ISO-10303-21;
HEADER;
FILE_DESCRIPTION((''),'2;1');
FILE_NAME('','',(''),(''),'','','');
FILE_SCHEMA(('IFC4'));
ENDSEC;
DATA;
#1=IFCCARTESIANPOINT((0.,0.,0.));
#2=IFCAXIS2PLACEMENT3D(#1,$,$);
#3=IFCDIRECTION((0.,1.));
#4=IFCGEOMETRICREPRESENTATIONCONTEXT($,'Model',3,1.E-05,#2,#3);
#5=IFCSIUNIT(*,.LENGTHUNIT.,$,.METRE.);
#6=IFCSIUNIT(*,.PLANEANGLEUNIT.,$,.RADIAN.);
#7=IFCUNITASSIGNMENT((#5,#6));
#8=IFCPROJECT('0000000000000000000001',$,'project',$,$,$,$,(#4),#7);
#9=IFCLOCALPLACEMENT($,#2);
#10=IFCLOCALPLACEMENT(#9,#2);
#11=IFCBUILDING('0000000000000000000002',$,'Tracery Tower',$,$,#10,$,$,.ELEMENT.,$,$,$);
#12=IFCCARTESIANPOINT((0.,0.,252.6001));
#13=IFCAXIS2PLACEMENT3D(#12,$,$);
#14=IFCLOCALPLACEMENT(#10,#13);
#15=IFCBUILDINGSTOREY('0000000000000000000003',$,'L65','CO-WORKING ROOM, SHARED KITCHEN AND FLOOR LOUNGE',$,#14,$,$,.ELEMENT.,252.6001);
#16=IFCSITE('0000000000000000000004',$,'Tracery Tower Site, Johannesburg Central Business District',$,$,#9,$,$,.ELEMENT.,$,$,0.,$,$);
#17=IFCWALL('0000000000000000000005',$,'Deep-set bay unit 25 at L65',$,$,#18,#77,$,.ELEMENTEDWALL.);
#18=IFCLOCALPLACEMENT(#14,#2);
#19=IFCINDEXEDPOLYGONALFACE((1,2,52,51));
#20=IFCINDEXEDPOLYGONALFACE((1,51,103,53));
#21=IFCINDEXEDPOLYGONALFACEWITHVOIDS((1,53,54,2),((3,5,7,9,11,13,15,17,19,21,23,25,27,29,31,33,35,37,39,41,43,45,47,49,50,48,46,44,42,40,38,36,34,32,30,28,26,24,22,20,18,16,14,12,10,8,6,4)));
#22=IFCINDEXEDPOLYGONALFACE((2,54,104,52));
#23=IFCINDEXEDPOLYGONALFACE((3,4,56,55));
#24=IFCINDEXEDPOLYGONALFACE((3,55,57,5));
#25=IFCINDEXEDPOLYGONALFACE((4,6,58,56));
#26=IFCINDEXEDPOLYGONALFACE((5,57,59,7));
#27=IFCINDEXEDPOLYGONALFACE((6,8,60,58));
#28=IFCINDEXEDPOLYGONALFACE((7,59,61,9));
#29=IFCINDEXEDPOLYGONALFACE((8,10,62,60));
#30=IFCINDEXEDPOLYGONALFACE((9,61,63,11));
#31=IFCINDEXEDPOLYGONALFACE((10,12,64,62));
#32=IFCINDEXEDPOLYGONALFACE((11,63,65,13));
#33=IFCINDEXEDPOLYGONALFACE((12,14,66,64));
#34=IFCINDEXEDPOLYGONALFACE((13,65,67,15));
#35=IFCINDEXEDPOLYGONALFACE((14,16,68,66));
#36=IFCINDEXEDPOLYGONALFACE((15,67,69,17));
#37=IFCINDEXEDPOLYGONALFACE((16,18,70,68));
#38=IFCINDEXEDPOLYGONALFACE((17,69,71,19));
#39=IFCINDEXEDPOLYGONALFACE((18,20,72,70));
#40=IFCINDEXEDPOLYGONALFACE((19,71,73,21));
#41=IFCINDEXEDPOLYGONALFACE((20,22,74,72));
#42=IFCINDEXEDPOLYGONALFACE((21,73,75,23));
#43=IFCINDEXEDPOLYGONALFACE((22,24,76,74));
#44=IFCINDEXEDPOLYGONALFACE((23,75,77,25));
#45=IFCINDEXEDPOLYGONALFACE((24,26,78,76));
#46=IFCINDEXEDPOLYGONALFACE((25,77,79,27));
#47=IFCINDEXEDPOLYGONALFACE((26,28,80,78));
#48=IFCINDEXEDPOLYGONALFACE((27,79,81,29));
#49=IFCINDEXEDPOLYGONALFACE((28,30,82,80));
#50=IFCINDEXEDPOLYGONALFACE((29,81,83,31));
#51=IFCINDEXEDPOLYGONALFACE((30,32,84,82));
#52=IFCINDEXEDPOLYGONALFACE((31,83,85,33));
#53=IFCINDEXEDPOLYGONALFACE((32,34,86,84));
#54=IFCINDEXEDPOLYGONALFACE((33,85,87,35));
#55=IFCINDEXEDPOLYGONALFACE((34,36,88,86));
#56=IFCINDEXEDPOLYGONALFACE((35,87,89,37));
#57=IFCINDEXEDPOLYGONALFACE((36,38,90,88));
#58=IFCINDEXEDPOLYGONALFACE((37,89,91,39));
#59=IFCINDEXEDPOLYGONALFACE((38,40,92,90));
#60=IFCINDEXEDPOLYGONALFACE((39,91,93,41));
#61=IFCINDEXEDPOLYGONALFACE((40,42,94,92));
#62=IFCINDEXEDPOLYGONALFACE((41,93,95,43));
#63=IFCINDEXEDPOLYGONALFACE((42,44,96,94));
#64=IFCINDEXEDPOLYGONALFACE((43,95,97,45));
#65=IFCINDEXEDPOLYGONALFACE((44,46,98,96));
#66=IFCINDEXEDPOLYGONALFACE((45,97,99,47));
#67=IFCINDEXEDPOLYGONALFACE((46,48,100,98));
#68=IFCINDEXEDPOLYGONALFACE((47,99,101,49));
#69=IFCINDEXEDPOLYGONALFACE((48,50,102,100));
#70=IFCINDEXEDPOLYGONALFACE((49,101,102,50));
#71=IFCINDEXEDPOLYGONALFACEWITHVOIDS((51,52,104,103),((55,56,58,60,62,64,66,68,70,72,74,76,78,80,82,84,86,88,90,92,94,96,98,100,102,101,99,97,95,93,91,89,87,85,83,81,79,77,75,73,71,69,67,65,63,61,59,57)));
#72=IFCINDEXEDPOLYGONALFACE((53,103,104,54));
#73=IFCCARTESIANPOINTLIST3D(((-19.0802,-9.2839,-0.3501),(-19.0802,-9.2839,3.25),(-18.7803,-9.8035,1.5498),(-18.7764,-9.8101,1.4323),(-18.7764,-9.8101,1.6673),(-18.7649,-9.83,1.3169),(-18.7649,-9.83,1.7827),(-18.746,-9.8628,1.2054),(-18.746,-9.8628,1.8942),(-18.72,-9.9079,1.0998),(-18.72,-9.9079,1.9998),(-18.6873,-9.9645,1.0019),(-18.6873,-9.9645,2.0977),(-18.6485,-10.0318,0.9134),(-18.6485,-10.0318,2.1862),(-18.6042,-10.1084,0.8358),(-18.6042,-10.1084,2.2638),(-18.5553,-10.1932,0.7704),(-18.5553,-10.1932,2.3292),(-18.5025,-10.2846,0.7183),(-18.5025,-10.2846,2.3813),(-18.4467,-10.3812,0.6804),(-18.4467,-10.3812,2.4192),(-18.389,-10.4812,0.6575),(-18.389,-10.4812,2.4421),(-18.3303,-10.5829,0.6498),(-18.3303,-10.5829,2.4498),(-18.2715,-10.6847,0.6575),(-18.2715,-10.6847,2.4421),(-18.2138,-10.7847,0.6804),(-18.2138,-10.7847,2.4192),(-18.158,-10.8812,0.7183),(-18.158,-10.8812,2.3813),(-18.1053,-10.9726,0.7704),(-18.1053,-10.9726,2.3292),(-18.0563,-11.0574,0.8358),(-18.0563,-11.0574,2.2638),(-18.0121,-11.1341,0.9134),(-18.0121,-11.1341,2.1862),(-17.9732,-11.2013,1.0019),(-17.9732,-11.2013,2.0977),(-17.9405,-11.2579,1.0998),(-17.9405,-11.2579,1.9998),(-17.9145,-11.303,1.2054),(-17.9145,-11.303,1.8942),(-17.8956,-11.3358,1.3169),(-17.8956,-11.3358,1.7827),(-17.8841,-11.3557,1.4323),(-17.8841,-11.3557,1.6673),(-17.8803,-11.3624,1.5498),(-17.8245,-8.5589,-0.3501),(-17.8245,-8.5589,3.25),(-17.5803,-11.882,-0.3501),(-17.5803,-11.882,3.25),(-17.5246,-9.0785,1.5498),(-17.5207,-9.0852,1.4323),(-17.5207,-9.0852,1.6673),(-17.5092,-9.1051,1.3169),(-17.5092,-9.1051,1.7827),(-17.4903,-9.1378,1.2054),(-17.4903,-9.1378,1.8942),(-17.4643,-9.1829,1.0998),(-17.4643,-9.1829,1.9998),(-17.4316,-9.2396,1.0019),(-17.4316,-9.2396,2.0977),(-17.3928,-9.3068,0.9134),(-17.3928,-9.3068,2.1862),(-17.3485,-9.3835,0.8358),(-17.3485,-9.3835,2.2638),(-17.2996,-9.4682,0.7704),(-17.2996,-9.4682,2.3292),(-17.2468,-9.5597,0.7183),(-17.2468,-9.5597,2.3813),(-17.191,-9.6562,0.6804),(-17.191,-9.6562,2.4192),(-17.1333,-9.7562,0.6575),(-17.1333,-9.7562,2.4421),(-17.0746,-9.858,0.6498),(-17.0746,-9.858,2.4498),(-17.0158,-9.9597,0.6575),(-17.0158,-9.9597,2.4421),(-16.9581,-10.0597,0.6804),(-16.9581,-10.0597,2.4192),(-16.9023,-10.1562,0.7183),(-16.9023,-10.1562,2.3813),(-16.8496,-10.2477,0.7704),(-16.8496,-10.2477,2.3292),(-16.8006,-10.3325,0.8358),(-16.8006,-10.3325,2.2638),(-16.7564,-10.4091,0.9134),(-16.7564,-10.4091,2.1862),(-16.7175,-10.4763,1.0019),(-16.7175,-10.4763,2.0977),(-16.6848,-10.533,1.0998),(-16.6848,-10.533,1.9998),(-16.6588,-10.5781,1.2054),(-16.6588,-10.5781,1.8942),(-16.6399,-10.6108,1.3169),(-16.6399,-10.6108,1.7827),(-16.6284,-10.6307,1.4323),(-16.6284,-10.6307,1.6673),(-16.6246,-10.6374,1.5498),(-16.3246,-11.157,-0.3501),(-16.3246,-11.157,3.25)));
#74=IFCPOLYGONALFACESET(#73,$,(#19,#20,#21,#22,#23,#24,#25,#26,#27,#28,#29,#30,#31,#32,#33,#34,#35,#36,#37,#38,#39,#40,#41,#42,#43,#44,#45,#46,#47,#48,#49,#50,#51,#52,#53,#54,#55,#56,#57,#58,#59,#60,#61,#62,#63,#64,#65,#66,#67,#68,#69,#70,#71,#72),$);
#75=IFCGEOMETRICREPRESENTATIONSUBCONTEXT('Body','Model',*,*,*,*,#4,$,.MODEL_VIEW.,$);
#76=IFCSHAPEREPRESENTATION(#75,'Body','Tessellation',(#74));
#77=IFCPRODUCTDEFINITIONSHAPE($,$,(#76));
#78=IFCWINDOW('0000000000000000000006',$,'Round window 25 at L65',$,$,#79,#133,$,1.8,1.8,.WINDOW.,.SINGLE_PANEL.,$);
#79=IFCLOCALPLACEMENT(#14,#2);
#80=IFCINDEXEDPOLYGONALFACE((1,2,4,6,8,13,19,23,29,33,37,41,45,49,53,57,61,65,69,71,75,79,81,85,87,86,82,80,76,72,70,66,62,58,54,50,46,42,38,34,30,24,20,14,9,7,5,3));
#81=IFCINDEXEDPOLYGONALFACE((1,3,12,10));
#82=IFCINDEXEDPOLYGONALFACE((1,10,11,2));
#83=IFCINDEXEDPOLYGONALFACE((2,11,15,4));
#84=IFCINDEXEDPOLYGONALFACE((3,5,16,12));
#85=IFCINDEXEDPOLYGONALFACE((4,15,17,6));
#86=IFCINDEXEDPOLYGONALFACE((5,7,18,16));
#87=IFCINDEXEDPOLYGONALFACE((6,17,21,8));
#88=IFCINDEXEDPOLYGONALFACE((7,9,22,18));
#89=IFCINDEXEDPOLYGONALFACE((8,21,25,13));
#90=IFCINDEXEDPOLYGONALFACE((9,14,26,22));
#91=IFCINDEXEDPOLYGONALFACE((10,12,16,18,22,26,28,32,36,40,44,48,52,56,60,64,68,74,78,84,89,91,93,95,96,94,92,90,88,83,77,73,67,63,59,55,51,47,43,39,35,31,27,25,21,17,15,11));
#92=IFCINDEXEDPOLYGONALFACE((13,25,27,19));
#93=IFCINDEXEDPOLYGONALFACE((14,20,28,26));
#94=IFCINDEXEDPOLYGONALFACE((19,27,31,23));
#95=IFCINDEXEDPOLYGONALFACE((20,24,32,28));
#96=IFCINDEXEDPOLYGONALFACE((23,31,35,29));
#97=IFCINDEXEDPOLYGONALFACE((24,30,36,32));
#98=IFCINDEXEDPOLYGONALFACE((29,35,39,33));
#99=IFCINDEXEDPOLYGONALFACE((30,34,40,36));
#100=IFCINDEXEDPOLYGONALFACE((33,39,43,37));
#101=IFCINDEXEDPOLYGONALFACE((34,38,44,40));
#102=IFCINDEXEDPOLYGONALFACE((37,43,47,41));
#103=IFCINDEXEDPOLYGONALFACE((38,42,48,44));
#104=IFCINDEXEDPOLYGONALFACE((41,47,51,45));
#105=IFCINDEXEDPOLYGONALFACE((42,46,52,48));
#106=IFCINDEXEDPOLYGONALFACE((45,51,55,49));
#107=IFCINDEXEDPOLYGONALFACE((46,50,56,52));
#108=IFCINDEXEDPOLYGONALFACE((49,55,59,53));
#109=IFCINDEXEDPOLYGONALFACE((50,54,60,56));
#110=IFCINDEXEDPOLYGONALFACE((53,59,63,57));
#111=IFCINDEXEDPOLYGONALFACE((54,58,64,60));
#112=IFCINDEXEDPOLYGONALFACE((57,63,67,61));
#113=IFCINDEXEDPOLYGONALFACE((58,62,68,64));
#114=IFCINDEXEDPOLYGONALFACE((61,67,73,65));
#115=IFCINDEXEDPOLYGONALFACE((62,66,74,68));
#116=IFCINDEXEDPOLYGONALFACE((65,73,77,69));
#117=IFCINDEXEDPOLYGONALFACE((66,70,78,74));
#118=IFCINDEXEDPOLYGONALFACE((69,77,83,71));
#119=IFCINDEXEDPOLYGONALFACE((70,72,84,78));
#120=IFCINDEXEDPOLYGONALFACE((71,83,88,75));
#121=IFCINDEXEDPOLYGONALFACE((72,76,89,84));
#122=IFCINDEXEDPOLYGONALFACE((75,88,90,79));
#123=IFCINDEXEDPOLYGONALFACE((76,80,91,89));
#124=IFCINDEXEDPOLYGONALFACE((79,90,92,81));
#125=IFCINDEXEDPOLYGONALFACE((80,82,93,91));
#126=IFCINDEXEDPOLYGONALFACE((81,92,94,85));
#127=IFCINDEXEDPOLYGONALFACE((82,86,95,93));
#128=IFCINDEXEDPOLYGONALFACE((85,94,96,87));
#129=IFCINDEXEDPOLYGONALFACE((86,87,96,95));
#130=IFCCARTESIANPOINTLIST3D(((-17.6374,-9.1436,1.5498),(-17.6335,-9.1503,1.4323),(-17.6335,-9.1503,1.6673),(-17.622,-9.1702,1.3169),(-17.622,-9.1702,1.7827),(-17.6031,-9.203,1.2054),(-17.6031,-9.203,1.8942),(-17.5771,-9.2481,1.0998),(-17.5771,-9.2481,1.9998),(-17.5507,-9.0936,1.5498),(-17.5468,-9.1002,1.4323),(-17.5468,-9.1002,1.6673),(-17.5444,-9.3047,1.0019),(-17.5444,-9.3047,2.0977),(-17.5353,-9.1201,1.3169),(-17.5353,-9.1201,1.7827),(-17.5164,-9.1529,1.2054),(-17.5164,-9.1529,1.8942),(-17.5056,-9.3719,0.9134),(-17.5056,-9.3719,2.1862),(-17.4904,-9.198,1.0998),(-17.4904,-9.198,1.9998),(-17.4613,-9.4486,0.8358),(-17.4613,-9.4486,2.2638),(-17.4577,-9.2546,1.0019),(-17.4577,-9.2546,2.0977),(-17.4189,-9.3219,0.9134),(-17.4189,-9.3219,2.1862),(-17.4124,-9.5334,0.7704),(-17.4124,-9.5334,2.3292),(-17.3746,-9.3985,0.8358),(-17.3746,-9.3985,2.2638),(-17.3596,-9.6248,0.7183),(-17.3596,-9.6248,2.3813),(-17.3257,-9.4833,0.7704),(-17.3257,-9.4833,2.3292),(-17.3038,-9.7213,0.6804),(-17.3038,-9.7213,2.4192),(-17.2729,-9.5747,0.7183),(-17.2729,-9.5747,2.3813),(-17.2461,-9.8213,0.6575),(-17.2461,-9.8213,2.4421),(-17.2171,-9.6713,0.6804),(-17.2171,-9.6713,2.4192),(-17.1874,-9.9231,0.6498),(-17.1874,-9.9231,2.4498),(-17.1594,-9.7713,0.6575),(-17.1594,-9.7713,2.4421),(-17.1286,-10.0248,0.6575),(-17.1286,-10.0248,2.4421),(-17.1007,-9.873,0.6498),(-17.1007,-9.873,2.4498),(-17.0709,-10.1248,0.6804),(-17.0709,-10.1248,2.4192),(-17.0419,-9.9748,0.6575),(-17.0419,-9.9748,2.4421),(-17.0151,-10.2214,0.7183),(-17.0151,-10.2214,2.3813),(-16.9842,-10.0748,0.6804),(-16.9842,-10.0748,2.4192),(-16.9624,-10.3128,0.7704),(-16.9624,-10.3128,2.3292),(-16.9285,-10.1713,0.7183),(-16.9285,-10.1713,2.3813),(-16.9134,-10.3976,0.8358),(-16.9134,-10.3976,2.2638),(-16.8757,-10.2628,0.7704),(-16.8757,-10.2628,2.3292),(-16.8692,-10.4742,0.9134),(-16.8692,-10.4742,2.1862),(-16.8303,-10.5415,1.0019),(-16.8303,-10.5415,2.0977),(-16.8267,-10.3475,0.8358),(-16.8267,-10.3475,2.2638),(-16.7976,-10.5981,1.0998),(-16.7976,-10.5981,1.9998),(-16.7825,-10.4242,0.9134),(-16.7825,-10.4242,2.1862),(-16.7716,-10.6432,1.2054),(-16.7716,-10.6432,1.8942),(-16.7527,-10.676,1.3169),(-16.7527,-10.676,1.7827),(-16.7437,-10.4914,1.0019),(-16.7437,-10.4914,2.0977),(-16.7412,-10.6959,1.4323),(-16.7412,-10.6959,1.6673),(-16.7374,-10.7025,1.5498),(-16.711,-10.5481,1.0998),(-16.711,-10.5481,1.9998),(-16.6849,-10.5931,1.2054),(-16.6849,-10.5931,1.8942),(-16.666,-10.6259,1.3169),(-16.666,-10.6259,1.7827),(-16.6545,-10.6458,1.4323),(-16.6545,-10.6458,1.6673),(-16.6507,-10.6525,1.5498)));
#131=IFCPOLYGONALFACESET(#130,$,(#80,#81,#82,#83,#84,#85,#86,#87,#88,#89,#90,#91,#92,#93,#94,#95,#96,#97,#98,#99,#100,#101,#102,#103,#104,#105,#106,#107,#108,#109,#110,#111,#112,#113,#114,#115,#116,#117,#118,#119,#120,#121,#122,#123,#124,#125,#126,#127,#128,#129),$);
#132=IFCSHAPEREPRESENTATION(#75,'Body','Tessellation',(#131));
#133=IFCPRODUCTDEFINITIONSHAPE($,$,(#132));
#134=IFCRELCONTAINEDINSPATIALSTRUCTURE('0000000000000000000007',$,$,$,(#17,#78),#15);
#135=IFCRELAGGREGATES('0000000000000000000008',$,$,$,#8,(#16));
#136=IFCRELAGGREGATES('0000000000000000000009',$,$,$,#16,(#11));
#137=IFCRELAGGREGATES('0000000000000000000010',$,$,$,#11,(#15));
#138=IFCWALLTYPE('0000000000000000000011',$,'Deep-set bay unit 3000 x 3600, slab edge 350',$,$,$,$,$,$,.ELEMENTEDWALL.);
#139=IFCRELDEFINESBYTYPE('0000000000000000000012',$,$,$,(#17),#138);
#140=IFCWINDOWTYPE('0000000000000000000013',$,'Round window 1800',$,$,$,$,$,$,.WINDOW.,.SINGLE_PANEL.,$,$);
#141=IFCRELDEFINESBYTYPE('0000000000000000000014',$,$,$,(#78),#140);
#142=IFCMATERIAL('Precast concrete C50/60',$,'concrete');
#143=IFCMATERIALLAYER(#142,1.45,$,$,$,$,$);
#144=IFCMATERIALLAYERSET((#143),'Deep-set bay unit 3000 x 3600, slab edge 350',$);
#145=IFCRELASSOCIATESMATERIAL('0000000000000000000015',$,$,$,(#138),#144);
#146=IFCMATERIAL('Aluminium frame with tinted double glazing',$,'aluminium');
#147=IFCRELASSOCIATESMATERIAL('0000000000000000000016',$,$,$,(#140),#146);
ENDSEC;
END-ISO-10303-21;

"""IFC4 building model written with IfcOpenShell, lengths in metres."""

from ifc_helpers import new_model, si_unit, direction, frame, frame_2d, origin, origin_2d, place, context, subcontext, project, spatial, rectangle, circle, extrude, material, layer, layer_set, type_object, element, fill, save


model = new_model("IFC4")

# Units and contexts
model_context = context("Model", 3, precision=1e-05, world=origin(), true_north=direction((0.0, 1.0)))
body_context = subcontext(model_context, "Body", "Model", "MODEL_VIEW")
ifc_project = project(units=[si_unit("LENGTHUNIT", "METRE"), si_unit("PLANEANGLEUNIT", "RADIAN")], contexts=[model_context])

# Site, building, storey
site_placement = place(None, origin())
site = spatial("IfcSite", under=ifc_project, at=site_placement, Name="Tracery Tower Site, Johannesburg Central Business District", CompositionType="ELEMENT", RefElevation=0.0)
building_placement = place(site_placement, origin())
building = spatial("IfcBuilding", under=site, at=building_placement, Name="Tracery Tower", CompositionType="ELEMENT")
storey_placement = place(building_placement, frame((0.0, 0.0, 252.6001)))
storey = spatial("IfcBuildingStorey", under=building, at=storey_placement, Name="L65", Description="CO-WORKING ROOM, SHARED KITCHEN AND FLOOR LOUNGE", CompositionType="ELEMENT", Elevation=252.6001)

# Wall, opening, window
ifc_material_1 = material(Name="Precast concrete C50/60", Category="concrete")
ifc_layer_1 = layer(ifc_material_1, 1.45)
ifc_layer_set_1 = layer_set([ifc_layer_1], Name="Deep-set bay unit 3000 x 3600, slab edge 350")
wall_type_1 = type_object("IfcWallType", Name="Deep-set bay unit 3000 x 3600, slab edge 350", PredefinedType="ELEMENTEDWALL", material=ifc_layer_set_1)
wall_1_placement = place(storey_placement, frame((-18.4524, -8.9214, -0.3501), z_axis=(0.0, 0.0, 1.0), x_axis=(0.49999, -0.866031, 0.0)))
wall_1 = element("IfcWall", 1, at=wall_1_placement, inside=storey, type_object=wall_type_1, Name="Deep-set bay unit 25 at L65", PredefinedType="ELEMENTEDWALL", context=body_context, shape_type="SweptSolid", body=[
    extrude(rectangle(XDim=3.0, YDim=1.45, at=frame_2d((1.5, 0.0))), origin(), (0.0, 0.0, 1.0), 3.6001),
])
opening_1_placement = place(wall_1_placement, frame((1.5, 0.0, 1.8999)))
opening_1 = element("IfcOpeningElement", 2, at=opening_1_placement, cuts=wall_1, PredefinedType="OPENING", context=body_context, shape_type="SweptSolid", body=[
    extrude(circle(Radius=0.9, at=origin_2d()), frame((0.0, 0.7349, 0.0), z_axis=(0.0, -1.0, 0.0), x_axis=(1.0, 0.0, 0.0)), (0.0, 0.0, 1.0), 1.47),
])
ifc_material_2 = material(Name="Aluminium frame with tinted double glazing", Category="aluminium")
window_type = type_object("IfcWindowType", Name="Round window 1800", PartitioningType="SINGLE_PANEL", PredefinedType="WINDOW", material=ifc_material_2)
window_1_placement = place(opening_1_placement, origin())
window_1 = element("IfcWindow", 3, at=window_1_placement, inside=storey, type_object=window_type, Name="Round window 25 at L65", OverallHeight=1.8, OverallWidth=1.8, PartitioningType="SINGLE_PANEL", PredefinedType="WINDOW", context=body_context, shape_type="SweptSolid", body=[
    extrude(circle(Radius=0.9, at=origin_2d()), frame((0.0, 0.6948, 0.0), z_axis=(0.0, -1.0, 0.0), x_axis=(1.0, 0.0, 0.0)), (0.0, 0.0, 1.0), 0.1001),
])
fill(opening_1, window_1)

save(model, "model.ifc")
